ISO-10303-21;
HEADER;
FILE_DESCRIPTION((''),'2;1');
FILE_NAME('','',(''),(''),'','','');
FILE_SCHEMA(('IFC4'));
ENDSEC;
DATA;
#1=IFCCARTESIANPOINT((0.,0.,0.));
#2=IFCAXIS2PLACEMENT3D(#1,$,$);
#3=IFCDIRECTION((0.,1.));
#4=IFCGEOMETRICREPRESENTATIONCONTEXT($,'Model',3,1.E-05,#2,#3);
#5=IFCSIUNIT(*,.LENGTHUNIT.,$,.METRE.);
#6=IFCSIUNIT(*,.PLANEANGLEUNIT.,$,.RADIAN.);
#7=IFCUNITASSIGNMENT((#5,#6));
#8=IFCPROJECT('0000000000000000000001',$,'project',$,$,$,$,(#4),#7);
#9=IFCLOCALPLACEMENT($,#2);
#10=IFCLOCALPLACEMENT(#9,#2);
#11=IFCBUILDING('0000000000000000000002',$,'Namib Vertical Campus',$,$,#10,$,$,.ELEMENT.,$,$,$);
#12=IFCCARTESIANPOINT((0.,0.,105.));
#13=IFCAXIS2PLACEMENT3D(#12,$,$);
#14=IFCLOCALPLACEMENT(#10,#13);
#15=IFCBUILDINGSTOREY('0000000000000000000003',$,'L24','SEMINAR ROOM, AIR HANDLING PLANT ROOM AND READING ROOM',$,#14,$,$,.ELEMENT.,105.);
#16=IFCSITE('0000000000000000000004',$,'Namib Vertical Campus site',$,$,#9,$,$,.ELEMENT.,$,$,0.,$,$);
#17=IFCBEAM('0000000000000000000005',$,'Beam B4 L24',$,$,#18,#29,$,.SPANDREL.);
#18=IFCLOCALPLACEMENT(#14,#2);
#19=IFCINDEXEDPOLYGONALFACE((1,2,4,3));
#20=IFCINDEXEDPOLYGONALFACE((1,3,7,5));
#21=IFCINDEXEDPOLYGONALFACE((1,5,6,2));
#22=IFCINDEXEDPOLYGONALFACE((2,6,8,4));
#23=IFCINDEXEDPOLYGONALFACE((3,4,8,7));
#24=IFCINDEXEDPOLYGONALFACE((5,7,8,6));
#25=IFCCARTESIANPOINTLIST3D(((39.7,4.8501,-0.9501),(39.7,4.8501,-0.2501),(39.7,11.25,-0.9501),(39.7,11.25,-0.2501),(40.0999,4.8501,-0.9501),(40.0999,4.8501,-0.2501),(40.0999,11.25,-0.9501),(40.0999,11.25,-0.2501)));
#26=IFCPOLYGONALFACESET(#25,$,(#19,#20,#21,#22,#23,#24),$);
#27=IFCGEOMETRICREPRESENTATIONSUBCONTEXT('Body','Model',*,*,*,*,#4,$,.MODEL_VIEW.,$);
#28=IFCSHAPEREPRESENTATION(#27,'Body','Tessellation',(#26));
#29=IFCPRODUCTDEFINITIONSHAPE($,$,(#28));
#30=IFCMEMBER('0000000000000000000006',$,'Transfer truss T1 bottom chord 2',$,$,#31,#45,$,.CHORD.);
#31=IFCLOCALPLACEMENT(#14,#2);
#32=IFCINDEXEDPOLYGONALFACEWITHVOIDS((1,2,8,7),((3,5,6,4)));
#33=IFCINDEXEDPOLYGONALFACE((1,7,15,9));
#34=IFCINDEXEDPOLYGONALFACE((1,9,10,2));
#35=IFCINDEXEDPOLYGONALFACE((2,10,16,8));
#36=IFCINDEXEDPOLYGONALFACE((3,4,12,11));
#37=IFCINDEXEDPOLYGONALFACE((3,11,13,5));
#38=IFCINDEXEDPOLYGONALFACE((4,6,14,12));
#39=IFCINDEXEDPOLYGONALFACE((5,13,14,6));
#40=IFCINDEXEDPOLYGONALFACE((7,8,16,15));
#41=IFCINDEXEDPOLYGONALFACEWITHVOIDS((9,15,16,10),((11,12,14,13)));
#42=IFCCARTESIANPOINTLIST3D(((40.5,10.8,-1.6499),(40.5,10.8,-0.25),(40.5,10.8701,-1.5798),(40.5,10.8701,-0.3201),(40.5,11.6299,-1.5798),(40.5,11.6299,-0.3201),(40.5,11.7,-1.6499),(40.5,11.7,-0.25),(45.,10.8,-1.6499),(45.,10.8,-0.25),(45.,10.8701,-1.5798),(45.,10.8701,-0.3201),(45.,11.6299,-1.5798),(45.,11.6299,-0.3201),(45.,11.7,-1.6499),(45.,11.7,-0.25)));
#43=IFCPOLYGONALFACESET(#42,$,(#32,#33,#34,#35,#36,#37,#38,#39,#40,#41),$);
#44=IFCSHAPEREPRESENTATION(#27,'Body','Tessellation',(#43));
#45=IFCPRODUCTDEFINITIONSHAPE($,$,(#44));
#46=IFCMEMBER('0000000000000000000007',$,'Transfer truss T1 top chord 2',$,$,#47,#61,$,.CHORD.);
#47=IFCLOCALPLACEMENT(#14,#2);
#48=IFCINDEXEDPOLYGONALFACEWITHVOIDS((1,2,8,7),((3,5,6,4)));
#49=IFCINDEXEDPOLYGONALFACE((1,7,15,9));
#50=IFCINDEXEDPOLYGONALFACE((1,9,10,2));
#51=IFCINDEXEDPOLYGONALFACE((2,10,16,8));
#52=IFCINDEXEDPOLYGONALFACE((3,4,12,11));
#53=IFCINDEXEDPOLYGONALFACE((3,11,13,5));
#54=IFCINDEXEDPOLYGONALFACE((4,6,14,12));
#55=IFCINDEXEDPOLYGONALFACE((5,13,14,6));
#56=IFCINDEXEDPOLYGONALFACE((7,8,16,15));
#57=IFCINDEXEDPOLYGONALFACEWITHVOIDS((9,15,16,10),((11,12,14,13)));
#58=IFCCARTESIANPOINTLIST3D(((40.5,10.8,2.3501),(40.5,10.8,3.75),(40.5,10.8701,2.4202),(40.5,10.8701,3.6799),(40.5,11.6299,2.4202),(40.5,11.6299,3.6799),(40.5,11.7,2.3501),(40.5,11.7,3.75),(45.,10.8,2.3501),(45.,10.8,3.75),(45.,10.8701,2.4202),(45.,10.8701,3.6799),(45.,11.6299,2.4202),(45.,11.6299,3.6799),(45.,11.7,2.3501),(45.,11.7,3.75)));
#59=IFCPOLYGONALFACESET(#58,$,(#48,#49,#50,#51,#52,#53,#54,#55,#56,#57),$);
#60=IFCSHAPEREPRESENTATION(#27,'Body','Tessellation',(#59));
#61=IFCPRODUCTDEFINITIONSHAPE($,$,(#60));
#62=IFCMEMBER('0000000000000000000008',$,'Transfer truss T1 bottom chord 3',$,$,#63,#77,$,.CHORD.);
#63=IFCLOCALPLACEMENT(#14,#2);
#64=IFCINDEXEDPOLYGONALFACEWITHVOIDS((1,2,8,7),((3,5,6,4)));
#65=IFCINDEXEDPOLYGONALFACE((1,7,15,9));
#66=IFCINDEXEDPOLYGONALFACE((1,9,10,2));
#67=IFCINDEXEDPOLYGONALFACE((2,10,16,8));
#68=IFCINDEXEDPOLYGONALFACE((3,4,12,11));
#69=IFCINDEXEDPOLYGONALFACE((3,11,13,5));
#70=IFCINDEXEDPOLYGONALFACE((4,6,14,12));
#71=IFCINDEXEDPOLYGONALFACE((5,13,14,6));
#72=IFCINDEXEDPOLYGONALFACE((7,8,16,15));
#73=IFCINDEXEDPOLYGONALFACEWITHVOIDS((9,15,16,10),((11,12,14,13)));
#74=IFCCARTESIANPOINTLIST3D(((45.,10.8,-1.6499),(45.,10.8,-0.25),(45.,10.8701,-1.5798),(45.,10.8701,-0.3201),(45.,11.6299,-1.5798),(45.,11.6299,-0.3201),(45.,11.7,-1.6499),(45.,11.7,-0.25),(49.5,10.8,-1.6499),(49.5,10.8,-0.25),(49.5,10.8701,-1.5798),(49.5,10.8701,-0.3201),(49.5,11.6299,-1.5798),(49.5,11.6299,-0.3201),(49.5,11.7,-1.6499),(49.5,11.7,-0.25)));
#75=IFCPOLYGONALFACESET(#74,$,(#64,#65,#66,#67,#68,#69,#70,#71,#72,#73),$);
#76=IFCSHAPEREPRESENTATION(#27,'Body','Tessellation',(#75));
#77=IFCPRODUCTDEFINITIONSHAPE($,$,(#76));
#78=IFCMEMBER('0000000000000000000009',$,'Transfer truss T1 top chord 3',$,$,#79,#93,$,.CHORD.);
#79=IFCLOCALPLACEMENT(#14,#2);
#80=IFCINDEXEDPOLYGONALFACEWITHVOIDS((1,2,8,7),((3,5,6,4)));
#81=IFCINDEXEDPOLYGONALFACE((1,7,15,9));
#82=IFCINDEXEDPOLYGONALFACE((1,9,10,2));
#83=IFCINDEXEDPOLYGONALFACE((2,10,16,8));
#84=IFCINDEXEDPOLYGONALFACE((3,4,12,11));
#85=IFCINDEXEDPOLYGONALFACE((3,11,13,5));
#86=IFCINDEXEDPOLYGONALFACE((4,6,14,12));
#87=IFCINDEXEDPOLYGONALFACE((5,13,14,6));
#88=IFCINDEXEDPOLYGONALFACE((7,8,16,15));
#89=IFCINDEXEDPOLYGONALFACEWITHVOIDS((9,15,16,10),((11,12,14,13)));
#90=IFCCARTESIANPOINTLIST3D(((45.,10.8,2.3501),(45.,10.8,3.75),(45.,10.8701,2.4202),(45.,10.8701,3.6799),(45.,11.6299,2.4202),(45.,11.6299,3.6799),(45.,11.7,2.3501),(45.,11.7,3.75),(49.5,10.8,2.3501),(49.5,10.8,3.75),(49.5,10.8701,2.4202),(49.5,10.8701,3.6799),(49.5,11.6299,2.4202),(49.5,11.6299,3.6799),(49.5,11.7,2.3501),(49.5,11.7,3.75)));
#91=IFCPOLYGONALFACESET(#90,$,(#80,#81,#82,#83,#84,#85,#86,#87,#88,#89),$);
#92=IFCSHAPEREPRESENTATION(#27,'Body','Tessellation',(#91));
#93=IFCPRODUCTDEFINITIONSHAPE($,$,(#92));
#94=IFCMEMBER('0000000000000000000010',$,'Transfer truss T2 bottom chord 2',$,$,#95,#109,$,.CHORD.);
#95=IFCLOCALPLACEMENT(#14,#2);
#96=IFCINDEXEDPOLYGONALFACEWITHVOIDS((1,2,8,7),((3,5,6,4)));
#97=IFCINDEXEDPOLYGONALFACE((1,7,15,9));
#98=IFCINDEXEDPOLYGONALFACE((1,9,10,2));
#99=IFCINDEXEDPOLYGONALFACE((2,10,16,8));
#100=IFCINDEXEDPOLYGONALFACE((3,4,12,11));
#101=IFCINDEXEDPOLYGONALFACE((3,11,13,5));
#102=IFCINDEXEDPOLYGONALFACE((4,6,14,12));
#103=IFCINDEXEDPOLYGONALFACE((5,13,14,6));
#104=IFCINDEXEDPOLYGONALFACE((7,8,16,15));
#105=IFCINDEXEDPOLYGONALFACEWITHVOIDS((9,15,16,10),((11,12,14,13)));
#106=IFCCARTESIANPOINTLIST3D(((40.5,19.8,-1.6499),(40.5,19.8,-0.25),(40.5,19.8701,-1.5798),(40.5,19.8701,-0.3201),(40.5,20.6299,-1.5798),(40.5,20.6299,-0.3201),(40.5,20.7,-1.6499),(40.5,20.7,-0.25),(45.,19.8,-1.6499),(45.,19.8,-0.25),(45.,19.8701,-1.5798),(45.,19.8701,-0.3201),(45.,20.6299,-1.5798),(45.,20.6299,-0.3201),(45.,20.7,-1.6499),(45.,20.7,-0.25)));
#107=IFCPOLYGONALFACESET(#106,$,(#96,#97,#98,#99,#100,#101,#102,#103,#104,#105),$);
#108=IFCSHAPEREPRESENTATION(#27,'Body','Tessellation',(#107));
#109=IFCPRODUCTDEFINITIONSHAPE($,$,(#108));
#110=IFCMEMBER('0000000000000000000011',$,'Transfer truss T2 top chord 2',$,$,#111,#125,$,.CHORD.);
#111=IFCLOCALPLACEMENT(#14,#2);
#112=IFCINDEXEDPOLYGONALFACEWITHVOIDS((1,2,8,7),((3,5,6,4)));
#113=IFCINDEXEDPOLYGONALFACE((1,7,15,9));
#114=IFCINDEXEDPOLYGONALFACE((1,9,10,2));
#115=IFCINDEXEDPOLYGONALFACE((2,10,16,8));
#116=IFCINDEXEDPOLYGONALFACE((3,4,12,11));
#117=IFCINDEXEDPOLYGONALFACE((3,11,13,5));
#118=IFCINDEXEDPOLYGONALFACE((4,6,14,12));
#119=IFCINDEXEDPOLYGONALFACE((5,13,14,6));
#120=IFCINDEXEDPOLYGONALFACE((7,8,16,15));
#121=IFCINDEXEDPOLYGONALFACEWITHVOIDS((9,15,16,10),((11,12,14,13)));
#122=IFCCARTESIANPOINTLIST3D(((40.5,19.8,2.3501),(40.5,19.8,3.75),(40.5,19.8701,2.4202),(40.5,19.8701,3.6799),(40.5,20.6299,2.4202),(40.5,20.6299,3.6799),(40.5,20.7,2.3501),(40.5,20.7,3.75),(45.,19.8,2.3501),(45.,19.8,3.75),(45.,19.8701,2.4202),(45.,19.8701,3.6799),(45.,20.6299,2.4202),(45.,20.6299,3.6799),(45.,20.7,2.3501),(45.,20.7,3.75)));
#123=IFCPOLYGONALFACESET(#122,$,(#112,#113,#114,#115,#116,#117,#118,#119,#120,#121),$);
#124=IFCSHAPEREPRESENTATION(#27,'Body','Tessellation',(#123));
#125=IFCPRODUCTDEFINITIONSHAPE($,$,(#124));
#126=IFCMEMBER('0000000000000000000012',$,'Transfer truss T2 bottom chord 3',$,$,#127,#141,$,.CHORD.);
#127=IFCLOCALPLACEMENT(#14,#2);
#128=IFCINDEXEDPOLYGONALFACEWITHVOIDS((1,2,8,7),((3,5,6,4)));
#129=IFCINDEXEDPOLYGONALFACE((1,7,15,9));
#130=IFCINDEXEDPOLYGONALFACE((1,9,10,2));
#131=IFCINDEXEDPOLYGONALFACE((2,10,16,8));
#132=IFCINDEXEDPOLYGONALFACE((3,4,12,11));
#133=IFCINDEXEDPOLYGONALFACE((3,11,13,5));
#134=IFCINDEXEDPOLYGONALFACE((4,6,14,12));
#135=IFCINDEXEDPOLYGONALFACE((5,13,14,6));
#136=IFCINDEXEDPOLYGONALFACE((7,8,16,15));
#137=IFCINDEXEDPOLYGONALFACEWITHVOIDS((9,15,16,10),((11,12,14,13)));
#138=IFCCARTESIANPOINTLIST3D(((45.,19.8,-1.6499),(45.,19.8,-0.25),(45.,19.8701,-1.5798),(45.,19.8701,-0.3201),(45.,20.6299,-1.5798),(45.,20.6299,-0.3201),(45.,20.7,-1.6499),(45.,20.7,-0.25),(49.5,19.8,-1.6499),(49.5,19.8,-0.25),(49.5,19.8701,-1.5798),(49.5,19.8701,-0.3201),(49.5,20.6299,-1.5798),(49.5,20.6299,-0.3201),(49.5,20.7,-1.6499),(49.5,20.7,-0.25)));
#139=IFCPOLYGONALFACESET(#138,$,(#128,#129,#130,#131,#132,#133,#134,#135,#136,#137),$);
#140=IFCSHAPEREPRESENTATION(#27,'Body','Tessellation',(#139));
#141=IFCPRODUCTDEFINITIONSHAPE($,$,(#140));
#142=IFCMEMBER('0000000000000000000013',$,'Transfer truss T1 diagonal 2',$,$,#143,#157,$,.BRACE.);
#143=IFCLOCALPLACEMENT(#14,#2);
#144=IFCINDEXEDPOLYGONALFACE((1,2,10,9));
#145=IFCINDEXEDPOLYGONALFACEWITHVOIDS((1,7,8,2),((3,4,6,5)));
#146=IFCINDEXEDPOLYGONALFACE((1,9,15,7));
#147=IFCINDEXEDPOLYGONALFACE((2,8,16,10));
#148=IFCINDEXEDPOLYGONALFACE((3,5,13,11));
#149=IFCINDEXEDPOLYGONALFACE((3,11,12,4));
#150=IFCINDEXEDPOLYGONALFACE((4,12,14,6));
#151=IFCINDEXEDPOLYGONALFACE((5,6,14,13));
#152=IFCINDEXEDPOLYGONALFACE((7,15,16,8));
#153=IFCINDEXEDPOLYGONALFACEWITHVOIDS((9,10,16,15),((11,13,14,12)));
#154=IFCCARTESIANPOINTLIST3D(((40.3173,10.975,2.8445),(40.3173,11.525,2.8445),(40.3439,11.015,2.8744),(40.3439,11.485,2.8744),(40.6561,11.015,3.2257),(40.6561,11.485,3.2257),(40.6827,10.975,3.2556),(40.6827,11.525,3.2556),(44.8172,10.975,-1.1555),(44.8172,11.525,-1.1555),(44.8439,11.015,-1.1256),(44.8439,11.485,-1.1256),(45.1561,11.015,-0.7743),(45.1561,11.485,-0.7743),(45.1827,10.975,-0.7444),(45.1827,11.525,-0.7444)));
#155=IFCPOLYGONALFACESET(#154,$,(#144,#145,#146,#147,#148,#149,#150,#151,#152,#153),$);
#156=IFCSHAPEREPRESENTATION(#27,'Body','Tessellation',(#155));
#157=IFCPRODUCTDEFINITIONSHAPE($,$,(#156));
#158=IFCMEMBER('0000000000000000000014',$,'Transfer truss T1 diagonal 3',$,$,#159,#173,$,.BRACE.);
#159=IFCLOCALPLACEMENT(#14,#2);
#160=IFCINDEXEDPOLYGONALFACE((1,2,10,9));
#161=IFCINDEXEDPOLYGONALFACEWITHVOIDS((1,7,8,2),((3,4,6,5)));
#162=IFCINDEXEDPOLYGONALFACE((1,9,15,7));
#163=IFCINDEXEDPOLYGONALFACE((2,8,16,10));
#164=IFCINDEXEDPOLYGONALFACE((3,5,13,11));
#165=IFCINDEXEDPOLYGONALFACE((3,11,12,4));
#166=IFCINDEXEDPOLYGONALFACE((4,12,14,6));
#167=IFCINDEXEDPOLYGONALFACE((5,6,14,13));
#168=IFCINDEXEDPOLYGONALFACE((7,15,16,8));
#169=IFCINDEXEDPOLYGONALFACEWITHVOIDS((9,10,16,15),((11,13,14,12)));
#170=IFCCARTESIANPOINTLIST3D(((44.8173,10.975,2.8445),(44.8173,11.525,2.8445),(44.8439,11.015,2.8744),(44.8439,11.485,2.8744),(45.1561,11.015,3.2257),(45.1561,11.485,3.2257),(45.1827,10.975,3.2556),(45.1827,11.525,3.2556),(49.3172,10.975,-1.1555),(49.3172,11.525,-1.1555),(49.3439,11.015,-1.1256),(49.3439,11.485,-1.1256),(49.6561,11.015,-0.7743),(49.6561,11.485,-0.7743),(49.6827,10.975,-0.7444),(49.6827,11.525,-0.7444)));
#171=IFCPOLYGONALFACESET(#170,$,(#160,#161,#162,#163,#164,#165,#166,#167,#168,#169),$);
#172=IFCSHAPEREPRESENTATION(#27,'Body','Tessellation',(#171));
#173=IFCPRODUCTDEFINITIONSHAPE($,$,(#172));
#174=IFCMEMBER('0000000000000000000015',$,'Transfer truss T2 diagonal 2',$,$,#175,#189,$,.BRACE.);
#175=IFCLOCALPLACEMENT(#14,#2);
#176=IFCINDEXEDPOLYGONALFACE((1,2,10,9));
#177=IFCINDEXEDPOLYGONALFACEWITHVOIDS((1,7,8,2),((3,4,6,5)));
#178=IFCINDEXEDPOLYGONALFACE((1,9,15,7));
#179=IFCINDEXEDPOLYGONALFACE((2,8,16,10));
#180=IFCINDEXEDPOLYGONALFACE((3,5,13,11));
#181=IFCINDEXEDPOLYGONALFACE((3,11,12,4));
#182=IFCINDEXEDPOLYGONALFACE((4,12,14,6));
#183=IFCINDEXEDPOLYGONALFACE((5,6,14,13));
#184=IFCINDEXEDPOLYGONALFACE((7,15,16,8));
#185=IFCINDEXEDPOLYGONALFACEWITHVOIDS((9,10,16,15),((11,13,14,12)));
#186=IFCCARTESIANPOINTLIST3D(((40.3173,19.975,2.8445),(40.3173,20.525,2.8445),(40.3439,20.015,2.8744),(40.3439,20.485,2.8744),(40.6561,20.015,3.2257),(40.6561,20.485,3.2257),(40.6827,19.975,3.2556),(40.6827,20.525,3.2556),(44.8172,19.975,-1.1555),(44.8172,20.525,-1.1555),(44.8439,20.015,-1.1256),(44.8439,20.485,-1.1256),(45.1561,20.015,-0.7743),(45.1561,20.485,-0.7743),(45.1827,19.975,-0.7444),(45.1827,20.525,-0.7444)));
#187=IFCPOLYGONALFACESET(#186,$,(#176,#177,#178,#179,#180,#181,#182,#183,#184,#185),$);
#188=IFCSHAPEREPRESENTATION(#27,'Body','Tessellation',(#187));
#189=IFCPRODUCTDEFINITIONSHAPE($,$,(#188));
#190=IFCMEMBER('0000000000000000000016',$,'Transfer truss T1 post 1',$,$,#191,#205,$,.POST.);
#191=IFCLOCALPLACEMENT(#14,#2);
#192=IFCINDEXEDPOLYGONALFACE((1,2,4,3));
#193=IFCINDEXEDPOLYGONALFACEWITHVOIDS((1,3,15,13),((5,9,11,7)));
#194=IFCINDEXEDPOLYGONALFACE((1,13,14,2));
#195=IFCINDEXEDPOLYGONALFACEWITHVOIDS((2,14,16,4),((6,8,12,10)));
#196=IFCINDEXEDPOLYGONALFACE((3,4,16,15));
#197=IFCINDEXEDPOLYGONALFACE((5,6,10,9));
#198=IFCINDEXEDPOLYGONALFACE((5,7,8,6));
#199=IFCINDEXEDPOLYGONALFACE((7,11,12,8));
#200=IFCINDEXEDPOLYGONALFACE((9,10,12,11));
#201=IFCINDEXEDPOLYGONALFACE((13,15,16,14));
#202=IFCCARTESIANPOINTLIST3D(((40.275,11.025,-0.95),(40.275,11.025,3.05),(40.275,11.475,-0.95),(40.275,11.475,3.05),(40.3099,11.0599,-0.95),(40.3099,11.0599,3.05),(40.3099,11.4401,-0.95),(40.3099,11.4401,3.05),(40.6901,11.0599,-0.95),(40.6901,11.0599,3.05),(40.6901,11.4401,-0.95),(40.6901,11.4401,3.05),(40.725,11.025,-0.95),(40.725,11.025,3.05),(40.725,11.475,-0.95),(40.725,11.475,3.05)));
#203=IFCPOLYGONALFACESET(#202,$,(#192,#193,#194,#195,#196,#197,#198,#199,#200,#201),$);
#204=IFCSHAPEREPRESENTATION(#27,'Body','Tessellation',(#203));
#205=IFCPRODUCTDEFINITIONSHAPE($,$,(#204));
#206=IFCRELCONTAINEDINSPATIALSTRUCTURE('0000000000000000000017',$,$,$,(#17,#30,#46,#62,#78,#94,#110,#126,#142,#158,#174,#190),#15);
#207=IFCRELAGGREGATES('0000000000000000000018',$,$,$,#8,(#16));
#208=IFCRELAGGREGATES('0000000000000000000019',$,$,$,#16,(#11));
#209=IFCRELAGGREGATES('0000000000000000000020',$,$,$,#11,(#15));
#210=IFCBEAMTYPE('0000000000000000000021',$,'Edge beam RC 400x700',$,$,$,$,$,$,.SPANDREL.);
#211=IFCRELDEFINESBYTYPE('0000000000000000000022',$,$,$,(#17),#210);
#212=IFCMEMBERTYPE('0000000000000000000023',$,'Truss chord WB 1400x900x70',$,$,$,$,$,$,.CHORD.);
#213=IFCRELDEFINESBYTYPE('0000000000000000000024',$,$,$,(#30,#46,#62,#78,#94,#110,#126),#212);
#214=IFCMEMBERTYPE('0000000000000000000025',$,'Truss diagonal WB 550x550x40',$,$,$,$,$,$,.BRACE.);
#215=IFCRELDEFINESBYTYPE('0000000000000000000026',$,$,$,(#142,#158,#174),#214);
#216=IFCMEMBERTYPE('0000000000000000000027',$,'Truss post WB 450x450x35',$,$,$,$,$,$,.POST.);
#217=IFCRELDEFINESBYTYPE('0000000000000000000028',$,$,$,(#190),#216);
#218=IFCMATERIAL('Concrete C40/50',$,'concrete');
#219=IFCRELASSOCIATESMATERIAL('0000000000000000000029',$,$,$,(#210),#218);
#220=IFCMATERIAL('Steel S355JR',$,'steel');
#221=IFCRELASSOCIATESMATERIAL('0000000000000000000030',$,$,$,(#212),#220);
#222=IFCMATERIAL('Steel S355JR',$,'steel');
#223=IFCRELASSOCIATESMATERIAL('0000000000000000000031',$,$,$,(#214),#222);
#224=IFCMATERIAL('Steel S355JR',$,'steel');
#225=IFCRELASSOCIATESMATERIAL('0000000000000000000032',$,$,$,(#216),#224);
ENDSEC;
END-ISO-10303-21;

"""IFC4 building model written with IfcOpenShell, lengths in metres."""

from ifc_helpers import new_model, si_unit, direction, frame, origin, origin_2d, place, context, subcontext, project, spatial, rectangle, hollow_rectangle, extrude, material, material_profile, profile_set, type_object, element, save


model = new_model("IFC4")

# Units and contexts
model_context = context("Model", 3, precision=1e-05, world=origin(), true_north=direction((0.0, 1.0)))
body_context = subcontext(model_context, "Body", "Model", "MODEL_VIEW")
ifc_project = project(units=[si_unit("LENGTHUNIT", "METRE"), si_unit("PLANEANGLEUNIT", "RADIAN")], contexts=[model_context])

# Site, building, storey
site_placement = place(None, origin())
site = spatial("IfcSite", under=ifc_project, at=site_placement, Name="Namib Vertical Campus site", CompositionType="ELEMENT", RefElevation=0.0)
building_placement = place(site_placement, origin())
building = spatial("IfcBuilding", under=site, at=building_placement, Name="Namib Vertical Campus", CompositionType="ELEMENT")
storey_placement = place(building_placement, frame((0.0, 0.0, 105.0)))
storey = spatial("IfcBuildingStorey", under=building, at=storey_placement, Name="L24", Description="SEMINAR ROOM, AIR HANDLING PLANT ROOM AND READING ROOM", CompositionType="ELEMENT", Elevation=105.0)

# Beam
ifc_material_1 = material(Name="Concrete C40/50", Category="concrete")
ifc_material_profile_1 = material_profile(ifc_material_1, rectangle(XDim=0.3999, YDim=0.7, at=origin_2d()))
ifc_profile_set_1 = profile_set([ifc_material_profile_1], Name="Concrete C40/50")
beam_type_1 = type_object("IfcBeamType", Name="Edge beam RC 400x700", PredefinedType="SPANDREL", material=ifc_profile_set_1)
beam_placement = place(storey_placement, frame((39.8999, 4.8501, -0.6001), z_axis=(0.0, 1.0, 0.0), x_axis=(-1.0, 0.0, 0.0)))
element("IfcBeam", 1, at=beam_placement, inside=storey, type_object=beam_type_1, Name="Beam B4 L24", PredefinedType="SPANDREL", context=body_context, shape_type="SweptSolid", body=[
    extrude(rectangle(XDim=0.3999, YDim=0.7, at=origin_2d()), origin(), (0.0, 0.0, 1.0), 6.3999),
])

# Members
ifc_material_2 = material(Name="Steel S355JR", Category="steel")
ifc_material_profile_2 = material_profile(ifc_material_2, hollow_rectangle(XDim=0.8999, YDim=1.3999, WallThickness=0.0701, at=origin_2d()))
ifc_profile_set_2 = profile_set([ifc_material_profile_2], Name="Steel S355JR")
member_type_1 = type_object("IfcMemberType", Name="Truss chord WB 1400x900x70", PredefinedType="CHORD", material=ifc_profile_set_2)
for number, where, z_axis, x_axis, name in (
    (2, (40.5, 11.25, -0.95), (1.0, 0.0, 0.0), (0.0, 1.0, 0.0), "Transfer truss T1 bottom chord 2"),
    (3, (40.5, 11.25, 3.05), (1.0, 0.0, 0.0), (0.0, 1.0, 0.0), "Transfer truss T1 top chord 2"),
    (4, (45.0, 11.25, -0.95), (1.0, 0.0, 0.0), (0.0, 1.0, 0.0), "Transfer truss T1 bottom chord 3"),
    (5, (45.0, 11.25, 3.05), (1.0, 0.0, 0.0), (0.0, 1.0, 0.0), "Transfer truss T1 top chord 3"),
    (6, (40.5, 20.25, -0.95), (1.0, 0.0, 0.0), (0.0, 1.0, 0.0), "Transfer truss T2 bottom chord 2"),
    (7, (40.5, 20.25, 3.05), (1.0, 0.0, 0.0), (0.0, 1.0, 0.0), "Transfer truss T2 top chord 2"),
    (8, (45.0, 20.25, -0.95), (1.0, 0.0, 0.0), (0.0, 1.0, 0.0), "Transfer truss T2 bottom chord 3"),
):
    element("IfcMember", number, at=place(storey_placement, frame(where, z_axis=z_axis, x_axis=x_axis)), inside=storey, type_object=member_type_1, Name=name, PredefinedType="CHORD", context=body_context, shape_type="SweptSolid", body=[
        extrude(hollow_rectangle(XDim=0.8999, YDim=1.3999, WallThickness=0.0701, at=origin_2d()), origin(), (0.0, 0.0, 1.0), 4.5),
    ])
ifc_material_3 = material(Name="Steel S355JR", Category="steel")
ifc_material_profile_3 = material_profile(ifc_material_3, hollow_rectangle(XDim=0.55, YDim=0.55, WallThickness=0.04, at=origin_2d()))
ifc_profile_set_3 = profile_set([ifc_material_profile_3], Name="Steel S355JR")
member_type_2 = type_object("IfcMemberType", Name="Truss diagonal WB 550x550x40", PredefinedType="BRACE", material=ifc_profile_set_3)
for number, where, z_axis, x_axis, name in (
    (9, (40.5, 11.25, 3.05), (0.747409, 0.0, -0.664364), (0.0, 1.0, 0.0), "Transfer truss T1 diagonal 2"),
    (10, (45.0, 11.25, 3.05), (0.747409, 0.0, -0.664364), (0.0, 1.0, 0.0), "Transfer truss T1 diagonal 3"),
    (11, (40.5, 20.25, 3.05), (0.747409, 0.0, -0.664364), (0.0, 1.0, 0.0), "Transfer truss T2 diagonal 2"),
):
    element("IfcMember", number, at=place(storey_placement, frame(where, z_axis=z_axis, x_axis=x_axis)), inside=storey, type_object=member_type_2, Name=name, PredefinedType="BRACE", context=body_context, shape_type="SweptSolid", body=[
        extrude(hollow_rectangle(XDim=0.55, YDim=0.55, WallThickness=0.04, at=origin_2d()), origin(), (0.0, 0.0, 1.0), 6.0208),
    ])
ifc_material_4 = material(Name="Steel S355JR", Category="steel")
ifc_material_profile_4 = material_profile(ifc_material_4, hollow_rectangle(XDim=0.45, YDim=0.45, WallThickness=0.0349, at=origin_2d()))
ifc_profile_set_4 = profile_set([ifc_material_profile_4], Name="Steel S355JR")
member_type_3 = type_object("IfcMemberType", Name="Truss post WB 450x450x35", PredefinedType="POST", material=ifc_profile_set_4)
for number, where, z_axis, x_axis, name in (
    (12, (40.5, 11.25, -0.95), (0.0, 0.0, 1.0), (1.0, 0.0, 0.0), "Transfer truss T1 post 1"),
):
    element("IfcMember", number, at=place(storey_placement, frame(where, z_axis=z_axis, x_axis=x_axis)), inside=storey, type_object=member_type_3, Name=name, PredefinedType="POST", context=body_context, shape_type="SweptSolid", body=[
        extrude(hollow_rectangle(XDim=0.45, YDim=0.45, WallThickness=0.0349, at=origin_2d()), origin(), (0.0, 0.0, 1.0), 4.0),
    ])

save(model, "model.ifc")
